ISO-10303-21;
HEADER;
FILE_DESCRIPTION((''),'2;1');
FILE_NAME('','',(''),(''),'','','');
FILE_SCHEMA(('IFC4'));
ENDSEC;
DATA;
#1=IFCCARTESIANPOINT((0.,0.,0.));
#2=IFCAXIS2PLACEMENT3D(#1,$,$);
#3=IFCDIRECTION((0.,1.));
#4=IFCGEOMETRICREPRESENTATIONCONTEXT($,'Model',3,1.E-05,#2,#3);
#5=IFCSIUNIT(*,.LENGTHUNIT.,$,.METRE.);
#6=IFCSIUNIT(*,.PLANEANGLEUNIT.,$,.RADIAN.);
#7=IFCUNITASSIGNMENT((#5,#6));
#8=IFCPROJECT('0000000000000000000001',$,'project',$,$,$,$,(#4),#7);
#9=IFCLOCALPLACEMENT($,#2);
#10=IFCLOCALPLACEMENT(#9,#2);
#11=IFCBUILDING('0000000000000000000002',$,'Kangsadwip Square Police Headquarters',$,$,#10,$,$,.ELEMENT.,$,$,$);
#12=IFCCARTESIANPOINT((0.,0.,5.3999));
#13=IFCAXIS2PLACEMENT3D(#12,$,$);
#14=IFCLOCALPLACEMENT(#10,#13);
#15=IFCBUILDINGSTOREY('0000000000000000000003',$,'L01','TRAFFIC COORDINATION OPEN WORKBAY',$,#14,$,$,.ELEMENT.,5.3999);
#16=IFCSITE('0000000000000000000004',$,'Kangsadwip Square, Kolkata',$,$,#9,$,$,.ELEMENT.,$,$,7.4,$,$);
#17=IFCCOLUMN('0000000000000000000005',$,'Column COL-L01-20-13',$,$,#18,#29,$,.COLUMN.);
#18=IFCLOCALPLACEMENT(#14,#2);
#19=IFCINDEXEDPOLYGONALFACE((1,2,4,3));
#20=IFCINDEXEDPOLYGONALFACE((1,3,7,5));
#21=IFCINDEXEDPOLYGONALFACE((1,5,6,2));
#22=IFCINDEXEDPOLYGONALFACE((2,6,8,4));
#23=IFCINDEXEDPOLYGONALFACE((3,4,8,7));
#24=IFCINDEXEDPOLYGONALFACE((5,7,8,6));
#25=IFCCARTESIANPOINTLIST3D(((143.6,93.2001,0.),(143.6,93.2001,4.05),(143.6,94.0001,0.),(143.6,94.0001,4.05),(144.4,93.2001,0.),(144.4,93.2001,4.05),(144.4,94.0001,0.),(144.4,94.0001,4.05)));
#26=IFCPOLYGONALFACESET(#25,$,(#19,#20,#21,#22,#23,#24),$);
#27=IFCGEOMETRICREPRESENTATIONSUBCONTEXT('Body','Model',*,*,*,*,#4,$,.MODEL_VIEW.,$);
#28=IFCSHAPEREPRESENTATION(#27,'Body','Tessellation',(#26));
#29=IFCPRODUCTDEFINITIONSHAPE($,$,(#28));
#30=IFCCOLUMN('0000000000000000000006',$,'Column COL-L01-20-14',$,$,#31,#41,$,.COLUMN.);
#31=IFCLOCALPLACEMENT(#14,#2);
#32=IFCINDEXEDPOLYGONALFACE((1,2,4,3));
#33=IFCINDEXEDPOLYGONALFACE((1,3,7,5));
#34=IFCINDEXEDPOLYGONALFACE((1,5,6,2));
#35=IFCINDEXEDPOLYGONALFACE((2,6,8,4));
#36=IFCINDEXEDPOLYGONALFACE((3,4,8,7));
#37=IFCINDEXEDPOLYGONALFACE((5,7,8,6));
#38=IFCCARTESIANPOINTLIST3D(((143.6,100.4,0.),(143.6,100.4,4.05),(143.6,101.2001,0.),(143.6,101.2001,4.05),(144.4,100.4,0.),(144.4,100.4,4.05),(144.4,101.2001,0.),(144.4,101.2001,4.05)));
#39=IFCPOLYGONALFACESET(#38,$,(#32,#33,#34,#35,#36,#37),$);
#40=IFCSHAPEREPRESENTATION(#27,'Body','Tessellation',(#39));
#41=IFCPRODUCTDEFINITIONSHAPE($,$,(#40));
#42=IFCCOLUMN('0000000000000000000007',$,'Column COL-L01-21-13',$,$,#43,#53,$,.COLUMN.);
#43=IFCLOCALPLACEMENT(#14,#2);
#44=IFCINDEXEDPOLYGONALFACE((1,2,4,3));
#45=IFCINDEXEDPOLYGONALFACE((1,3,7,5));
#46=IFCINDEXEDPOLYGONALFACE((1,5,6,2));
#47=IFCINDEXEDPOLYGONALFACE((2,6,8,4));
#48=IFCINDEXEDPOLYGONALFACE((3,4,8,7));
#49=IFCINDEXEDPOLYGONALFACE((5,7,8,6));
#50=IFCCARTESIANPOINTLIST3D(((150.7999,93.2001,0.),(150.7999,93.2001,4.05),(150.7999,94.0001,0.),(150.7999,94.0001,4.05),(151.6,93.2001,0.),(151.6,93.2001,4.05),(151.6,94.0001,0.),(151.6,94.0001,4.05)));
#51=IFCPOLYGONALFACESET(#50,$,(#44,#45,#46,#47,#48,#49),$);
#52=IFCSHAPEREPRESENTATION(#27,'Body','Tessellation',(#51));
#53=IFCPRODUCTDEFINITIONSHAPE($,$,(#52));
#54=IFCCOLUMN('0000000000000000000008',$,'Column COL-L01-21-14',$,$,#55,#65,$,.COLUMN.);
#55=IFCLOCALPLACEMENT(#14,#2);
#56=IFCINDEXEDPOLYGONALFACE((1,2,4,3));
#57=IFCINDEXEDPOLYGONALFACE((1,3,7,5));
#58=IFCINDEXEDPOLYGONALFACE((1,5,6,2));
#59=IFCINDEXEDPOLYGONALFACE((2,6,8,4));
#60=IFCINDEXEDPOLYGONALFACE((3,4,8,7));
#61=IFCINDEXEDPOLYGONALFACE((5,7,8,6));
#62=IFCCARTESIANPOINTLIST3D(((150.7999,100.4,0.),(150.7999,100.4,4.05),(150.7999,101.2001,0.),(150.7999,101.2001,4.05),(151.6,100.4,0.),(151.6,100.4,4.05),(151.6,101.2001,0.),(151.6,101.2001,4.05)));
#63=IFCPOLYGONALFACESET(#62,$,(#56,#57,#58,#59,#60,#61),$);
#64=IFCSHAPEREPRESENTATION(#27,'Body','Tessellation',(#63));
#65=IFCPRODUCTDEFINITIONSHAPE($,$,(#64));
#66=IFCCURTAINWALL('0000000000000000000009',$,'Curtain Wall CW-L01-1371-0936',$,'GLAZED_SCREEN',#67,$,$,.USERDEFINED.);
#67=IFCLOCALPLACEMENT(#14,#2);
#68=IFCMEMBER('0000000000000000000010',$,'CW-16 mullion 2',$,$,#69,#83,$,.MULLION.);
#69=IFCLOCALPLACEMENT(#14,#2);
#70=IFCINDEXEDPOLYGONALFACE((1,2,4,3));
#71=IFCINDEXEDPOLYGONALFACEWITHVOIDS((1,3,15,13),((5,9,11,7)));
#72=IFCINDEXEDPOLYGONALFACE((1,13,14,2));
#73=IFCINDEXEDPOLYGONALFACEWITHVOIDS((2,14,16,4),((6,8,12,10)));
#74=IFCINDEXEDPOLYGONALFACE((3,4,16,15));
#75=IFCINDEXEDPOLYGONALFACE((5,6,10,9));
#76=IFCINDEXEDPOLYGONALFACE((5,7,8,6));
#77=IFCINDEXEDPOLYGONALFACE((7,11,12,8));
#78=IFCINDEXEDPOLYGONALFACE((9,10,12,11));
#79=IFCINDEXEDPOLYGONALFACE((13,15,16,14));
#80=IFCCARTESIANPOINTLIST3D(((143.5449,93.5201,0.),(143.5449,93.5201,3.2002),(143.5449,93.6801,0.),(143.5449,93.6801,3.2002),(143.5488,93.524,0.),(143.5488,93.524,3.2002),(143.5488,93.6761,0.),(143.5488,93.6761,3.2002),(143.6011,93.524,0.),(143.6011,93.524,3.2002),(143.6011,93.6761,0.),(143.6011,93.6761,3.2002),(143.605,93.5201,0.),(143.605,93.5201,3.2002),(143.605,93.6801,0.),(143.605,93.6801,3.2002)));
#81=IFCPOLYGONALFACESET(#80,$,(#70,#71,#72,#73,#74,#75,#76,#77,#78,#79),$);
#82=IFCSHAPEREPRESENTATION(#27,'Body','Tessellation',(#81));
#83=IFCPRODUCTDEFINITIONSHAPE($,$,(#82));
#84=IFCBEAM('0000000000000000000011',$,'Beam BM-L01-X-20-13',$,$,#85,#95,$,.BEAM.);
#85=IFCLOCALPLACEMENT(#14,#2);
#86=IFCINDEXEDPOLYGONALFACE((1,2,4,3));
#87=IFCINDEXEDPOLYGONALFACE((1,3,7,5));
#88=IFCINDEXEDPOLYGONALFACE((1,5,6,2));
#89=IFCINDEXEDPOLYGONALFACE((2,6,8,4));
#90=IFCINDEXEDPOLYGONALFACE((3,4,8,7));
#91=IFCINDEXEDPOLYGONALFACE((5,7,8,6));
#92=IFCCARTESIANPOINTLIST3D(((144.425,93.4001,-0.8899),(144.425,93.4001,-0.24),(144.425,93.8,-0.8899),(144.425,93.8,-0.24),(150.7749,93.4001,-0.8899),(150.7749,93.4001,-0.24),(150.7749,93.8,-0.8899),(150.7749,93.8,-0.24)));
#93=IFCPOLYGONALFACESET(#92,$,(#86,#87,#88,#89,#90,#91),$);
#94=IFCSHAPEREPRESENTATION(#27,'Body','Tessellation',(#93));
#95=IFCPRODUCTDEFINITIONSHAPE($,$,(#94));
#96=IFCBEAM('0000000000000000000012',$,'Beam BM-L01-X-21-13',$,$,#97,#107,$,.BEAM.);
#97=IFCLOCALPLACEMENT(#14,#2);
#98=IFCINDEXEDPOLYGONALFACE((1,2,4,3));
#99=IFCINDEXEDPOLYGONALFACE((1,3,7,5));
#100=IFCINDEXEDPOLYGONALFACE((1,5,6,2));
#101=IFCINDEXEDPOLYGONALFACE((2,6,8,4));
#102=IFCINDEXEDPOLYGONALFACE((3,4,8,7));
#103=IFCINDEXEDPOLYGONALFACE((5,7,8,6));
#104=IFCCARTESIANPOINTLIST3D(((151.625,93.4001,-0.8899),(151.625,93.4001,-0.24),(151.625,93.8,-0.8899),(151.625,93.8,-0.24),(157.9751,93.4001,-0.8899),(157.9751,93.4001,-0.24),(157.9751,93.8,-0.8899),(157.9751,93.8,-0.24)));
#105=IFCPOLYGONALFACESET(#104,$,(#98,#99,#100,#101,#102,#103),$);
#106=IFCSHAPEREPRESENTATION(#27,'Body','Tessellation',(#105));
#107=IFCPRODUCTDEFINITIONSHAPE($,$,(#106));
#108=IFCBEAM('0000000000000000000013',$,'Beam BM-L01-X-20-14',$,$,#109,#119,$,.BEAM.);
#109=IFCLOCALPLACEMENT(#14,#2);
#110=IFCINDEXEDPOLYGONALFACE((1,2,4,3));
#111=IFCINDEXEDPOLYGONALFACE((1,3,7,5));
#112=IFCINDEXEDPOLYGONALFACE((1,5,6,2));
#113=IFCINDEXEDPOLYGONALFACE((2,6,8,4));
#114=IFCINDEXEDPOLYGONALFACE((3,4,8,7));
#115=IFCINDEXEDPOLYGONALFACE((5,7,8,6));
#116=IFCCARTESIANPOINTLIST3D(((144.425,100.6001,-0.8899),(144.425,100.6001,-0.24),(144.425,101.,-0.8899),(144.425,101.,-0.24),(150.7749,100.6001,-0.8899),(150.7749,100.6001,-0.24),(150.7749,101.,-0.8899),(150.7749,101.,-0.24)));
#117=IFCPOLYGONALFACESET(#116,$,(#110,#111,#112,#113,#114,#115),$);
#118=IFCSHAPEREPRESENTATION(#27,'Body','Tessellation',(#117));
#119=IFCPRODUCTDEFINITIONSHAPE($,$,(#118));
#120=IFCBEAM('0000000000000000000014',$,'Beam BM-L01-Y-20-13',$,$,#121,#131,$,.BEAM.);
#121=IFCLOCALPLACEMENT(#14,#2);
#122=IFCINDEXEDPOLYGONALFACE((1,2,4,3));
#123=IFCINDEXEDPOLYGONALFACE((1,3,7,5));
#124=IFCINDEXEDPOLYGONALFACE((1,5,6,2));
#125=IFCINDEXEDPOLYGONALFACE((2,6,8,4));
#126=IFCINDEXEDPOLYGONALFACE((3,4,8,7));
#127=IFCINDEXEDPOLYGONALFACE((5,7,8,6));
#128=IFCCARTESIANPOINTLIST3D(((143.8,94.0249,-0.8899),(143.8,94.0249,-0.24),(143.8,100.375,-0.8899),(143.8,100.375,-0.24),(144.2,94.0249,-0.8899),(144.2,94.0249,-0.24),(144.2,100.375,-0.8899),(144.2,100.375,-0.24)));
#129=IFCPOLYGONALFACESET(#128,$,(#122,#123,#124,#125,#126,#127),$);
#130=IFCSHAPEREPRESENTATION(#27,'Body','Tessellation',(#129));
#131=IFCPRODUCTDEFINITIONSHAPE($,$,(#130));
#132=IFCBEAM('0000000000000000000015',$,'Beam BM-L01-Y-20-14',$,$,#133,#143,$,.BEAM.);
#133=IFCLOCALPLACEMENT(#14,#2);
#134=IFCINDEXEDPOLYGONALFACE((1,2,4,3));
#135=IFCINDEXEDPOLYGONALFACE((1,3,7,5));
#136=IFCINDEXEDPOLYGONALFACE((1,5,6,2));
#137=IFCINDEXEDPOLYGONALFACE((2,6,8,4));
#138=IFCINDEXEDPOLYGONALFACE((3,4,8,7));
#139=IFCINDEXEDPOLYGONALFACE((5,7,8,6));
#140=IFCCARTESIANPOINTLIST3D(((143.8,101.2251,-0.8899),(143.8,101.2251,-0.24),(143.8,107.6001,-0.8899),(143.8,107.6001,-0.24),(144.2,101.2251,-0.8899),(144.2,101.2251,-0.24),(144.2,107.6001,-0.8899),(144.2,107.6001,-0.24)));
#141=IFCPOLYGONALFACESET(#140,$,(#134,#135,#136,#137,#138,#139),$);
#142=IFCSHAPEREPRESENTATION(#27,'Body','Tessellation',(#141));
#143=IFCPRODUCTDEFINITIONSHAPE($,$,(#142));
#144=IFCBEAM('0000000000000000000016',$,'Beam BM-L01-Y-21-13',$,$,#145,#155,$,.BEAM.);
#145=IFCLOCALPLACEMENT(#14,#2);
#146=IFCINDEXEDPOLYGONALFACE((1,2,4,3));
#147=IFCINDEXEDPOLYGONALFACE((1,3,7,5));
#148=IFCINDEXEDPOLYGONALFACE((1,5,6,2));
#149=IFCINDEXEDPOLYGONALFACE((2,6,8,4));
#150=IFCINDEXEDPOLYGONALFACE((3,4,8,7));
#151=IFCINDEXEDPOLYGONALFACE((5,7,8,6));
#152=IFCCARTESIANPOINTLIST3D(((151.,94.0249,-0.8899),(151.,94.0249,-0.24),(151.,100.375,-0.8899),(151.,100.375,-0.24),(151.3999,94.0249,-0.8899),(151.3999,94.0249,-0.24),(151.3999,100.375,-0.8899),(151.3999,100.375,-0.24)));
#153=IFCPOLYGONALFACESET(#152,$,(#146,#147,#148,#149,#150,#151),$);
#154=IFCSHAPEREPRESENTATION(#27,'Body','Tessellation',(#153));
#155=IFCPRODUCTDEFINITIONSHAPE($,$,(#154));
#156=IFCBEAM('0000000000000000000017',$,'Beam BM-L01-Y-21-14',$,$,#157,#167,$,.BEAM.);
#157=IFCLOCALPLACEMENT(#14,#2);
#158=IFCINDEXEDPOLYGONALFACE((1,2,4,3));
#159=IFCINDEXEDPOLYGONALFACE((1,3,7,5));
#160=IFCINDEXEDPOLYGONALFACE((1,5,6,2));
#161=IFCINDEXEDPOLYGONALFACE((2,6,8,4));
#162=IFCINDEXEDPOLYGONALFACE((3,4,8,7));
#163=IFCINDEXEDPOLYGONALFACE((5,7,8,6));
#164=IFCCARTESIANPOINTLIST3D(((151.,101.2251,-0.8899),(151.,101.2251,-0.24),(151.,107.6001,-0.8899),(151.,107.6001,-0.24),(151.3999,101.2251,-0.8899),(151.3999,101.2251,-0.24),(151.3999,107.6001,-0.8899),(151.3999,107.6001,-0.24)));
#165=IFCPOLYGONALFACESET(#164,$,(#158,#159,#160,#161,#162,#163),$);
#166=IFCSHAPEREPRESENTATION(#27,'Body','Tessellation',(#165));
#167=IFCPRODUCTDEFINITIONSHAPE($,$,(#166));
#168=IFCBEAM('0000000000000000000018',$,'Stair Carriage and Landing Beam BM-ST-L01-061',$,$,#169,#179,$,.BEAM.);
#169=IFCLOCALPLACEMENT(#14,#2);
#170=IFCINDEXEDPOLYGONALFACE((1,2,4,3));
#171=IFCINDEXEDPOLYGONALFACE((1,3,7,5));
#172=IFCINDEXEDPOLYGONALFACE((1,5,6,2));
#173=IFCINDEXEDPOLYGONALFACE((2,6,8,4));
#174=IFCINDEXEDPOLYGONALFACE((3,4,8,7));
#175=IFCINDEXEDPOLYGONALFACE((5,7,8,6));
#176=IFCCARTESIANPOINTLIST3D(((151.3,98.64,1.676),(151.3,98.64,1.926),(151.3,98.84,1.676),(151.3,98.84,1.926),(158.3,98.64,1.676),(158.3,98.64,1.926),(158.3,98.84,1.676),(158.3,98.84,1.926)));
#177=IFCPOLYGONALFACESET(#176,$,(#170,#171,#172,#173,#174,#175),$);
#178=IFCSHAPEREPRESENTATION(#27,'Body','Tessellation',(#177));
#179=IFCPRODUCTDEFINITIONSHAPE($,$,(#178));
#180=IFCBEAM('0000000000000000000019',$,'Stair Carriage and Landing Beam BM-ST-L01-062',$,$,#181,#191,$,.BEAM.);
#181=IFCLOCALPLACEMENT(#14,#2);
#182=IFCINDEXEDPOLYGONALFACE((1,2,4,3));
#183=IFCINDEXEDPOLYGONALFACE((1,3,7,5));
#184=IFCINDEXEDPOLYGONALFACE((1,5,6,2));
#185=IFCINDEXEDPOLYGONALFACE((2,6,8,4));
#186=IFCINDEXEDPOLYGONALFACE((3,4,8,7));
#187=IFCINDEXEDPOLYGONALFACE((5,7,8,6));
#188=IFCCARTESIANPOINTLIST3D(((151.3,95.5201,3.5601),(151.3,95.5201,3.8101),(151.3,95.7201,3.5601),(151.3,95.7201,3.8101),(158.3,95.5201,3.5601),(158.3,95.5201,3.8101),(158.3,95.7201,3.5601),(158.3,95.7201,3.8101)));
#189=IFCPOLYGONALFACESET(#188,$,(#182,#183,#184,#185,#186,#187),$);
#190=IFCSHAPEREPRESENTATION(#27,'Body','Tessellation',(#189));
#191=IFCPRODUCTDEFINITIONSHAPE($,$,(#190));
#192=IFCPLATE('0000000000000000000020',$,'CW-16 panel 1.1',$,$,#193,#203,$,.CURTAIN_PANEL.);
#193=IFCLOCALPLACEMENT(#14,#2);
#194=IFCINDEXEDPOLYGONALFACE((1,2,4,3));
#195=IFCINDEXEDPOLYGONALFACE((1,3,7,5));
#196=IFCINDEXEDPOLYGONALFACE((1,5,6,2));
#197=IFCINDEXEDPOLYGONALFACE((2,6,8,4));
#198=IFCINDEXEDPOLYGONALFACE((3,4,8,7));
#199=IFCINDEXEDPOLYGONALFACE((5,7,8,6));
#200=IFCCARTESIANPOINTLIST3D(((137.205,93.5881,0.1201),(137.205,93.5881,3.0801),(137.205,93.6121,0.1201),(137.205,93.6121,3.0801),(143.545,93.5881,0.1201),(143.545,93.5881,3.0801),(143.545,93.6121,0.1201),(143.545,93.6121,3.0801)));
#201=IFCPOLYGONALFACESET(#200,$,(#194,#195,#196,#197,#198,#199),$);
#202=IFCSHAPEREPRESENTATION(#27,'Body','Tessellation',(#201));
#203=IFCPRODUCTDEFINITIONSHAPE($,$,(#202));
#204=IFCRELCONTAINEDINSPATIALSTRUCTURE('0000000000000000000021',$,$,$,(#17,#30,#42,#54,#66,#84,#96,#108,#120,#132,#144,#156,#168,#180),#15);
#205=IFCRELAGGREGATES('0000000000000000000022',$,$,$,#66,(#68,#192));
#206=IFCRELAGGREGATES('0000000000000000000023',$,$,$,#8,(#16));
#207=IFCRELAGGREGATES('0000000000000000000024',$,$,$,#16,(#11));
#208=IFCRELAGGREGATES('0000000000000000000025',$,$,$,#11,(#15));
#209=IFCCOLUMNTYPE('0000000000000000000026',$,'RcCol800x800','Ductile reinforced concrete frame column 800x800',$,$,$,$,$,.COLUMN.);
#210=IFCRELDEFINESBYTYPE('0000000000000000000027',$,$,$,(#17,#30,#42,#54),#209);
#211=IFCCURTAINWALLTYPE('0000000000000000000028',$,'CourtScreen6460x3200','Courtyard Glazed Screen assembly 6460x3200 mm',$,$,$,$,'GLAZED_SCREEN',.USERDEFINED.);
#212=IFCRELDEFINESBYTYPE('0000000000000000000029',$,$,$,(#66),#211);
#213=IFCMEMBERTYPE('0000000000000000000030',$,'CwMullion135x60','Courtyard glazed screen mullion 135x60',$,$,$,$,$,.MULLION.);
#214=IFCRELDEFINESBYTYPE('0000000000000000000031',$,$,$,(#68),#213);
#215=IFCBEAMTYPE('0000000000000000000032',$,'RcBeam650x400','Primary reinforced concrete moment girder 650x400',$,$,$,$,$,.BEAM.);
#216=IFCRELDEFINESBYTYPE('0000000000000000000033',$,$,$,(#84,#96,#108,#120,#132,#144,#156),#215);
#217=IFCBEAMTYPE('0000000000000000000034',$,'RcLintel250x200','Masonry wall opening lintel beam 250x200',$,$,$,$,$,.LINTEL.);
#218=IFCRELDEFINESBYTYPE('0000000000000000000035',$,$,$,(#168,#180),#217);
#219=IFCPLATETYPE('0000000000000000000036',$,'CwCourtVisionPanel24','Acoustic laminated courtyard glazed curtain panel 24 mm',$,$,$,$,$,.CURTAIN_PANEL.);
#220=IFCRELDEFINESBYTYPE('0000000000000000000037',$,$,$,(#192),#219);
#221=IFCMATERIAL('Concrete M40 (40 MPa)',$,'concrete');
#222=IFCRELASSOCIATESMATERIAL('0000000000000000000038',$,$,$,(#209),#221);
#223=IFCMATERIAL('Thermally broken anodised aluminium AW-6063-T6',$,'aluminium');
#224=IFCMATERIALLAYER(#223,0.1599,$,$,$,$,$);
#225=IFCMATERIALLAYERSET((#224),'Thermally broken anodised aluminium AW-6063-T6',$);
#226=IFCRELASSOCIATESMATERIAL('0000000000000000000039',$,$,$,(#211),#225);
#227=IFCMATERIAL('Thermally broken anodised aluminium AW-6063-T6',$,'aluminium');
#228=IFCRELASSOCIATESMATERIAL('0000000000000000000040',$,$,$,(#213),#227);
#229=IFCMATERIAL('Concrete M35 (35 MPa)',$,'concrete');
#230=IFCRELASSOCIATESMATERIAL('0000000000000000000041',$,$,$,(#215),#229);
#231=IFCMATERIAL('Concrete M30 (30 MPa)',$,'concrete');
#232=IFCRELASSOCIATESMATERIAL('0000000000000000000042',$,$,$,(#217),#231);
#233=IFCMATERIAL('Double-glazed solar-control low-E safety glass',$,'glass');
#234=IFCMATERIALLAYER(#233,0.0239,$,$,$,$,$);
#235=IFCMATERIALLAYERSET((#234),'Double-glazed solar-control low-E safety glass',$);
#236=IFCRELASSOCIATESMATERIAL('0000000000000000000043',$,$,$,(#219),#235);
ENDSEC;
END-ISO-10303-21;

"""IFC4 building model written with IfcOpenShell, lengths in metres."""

from ifc_helpers import new_model, si_unit, direction, frame, origin, origin_2d, place, context, subcontext, project, spatial, rectangle, hollow_rectangle, extrude, material, layer, layer_set, material_profile, profile_set, type_object, element, aggregate, save


model = new_model("IFC4")

# Units and contexts
model_context = context("Model", 3, precision=1e-05, world=origin(), true_north=direction((0.0, 1.0)))
body_context = subcontext(model_context, "Body", "Model", "MODEL_VIEW")
ifc_project = project(units=[si_unit("LENGTHUNIT", "METRE"), si_unit("PLANEANGLEUNIT", "RADIAN")], contexts=[model_context])

# Site, building, storey
site_placement = place(None, origin())
site = spatial("IfcSite", under=ifc_project, at=site_placement, Name="Kangsadwip Square, Kolkata", CompositionType="ELEMENT", RefElevation=7.4)
building_placement = place(site_placement, origin())
building = spatial("IfcBuilding", under=site, at=building_placement, Name="Kangsadwip Square Police Headquarters", CompositionType="ELEMENT")
storey_placement = place(building_placement, frame((0.0, 0.0, 5.3999)))
storey = spatial("IfcBuildingStorey", under=building, at=storey_placement, Name="L01", Description="TRAFFIC COORDINATION OPEN WORKBAY", CompositionType="ELEMENT", Elevation=5.3999)

# Columns
ifc_material_1 = material(Name="Concrete M40 (40 MPa)", Category="concrete")
ifc_material_profile_1 = material_profile(ifc_material_1, rectangle(XDim=0.8, YDim=0.8, at=origin_2d()), Name="RC COL 800X800")
ifc_profile_set_1 = profile_set([ifc_material_profile_1], Name="Concrete M40 (40 MPa)")
column_type = type_object("IfcColumnType", Name="RcCol800x800", Description="Ductile reinforced concrete frame column 800x800", PredefinedType="COLUMN", material=ifc_profile_set_1)
for number, where, z_axis, x_axis, name in (
    (1, (144.0, 93.6001, 0.0), (0.0, 0.0, 1.0), (1.0, 0.0, 0.0), "Column COL-L01-20-13"),
    (2, (144.0, 100.8, 0.0), (0.0, 0.0, 1.0), (1.0, 0.0, 0.0), "Column COL-L01-20-14"),
    (3, (151.2, 93.6001, 0.0), (0.0, 0.0, 1.0), (1.0, 0.0, 0.0), "Column COL-L01-21-13"),
    (4, (151.2, 100.8, 0.0), (0.0, 0.0, 1.0), (1.0, 0.0, 0.0), "Column COL-L01-21-14"),
):
    element("IfcColumn", number, at=place(storey_placement, frame(where, z_axis=z_axis, x_axis=x_axis)), inside=storey, type_object=column_type, Name=name, PredefinedType="COLUMN", context=body_context, shape_type="SweptSolid", body=[
        extrude(rectangle(XDim=0.8, YDim=0.8, at=origin_2d()), origin(), (0.0, 0.0, 1.0), 4.05),
    ])

# Curtain wall, member
ifc_material_2 = material(Name="Thermally broken anodised aluminium AW-6063-T6", Category="aluminium")
ifc_layer_1 = layer(ifc_material_2, 0.1599)
ifc_layer_set_1 = layer_set([ifc_layer_1], Name="Thermally broken anodised aluminium AW-6063-T6")
curtain_wall_type = type_object("IfcCurtainWallType", Name="CourtScreen6460x3200", Description="Courtyard Glazed Screen assembly 6460x3200 mm", ElementType="GLAZED_SCREEN", PredefinedType="USERDEFINED", material=ifc_layer_set_1)
curtain_wall_placement = place(storey_placement, origin())
curtain_wall = element("IfcCurtainWall", 5, at=curtain_wall_placement, inside=storey, type_object=curtain_wall_type, Name="Curtain Wall CW-L01-1371-0936", ObjectType="GLAZED_SCREEN", PredefinedType="USERDEFINED")
ifc_material_3 = material(Name="Thermally broken anodised aluminium AW-6063-T6", Category="aluminium")
ifc_material_profile_2 = material_profile(ifc_material_3, hollow_rectangle(XDim=0.0601, YDim=0.1599, WallThickness=0.0039, at=origin_2d()), Name="CWM 160X60X4")
ifc_profile_set_2 = profile_set([ifc_material_profile_2], Name="Thermally broken anodised aluminium AW-6063-T6")
member_type = type_object("IfcMemberType", Name="CwMullion135x60", Description="Courtyard glazed screen mullion 135x60", PredefinedType="MULLION", material=ifc_profile_set_2)
member_placement = place(storey_placement, frame((143.575, 93.6001, 0.0), z_axis=(0.0, 0.0, 1.0), x_axis=(1.0, 0.0, 0.0)))
member = element("IfcMember", 6, at=member_placement, type_object=member_type, Name="CW-16 mullion 2", PredefinedType="MULLION", context=body_context, shape_type="SweptSolid", body=[
    extrude(hollow_rectangle(XDim=0.0601, YDim=0.1599, WallThickness=0.0039, at=origin_2d()), origin(), (0.0, 0.0, 1.0), 3.2002),
])

# Beams
ifc_material_4 = material(Name="Concrete M35 (35 MPa)", Category="concrete")
ifc_material_profile_3 = material_profile(ifc_material_4, rectangle(XDim=0.3999, YDim=0.6499, at=origin_2d()), Name="RC BM 650X400")
ifc_profile_set_3 = profile_set([ifc_material_profile_3], Name="Concrete M35 (35 MPa)")
beam_type_1 = type_object("IfcBeamType", Name="RcBeam650x400", Description="Primary reinforced concrete moment girder 650x400", PredefinedType="BEAM", material=ifc_profile_set_3)
beam_1_placement = place(storey_placement, frame((144.425, 93.6001, -0.5649), z_axis=(1.0, 0.0, 0.0), x_axis=(0.0, 1.0, 0.0)))
element("IfcBeam", 7, at=beam_1_placement, inside=storey, type_object=beam_type_1, Name="Beam BM-L01-X-20-13", PredefinedType="BEAM", context=body_context, shape_type="SweptSolid", body=[
    extrude(rectangle(XDim=0.3999, YDim=0.6499, at=origin_2d()), origin(), (0.0, 0.0, 1.0), 6.3499),
])
beam_2_placement = place(storey_placement, frame((151.625, 93.6001, -0.5649), z_axis=(1.0, 0.0, 0.0), x_axis=(0.0, 1.0, 0.0)))
element("IfcBeam", 8, at=beam_2_placement, inside=storey, type_object=beam_type_1, Name="Beam BM-L01-X-21-13", PredefinedType="BEAM", context=body_context, shape_type="SweptSolid", body=[
    extrude(rectangle(XDim=0.3999, YDim=0.6499, at=origin_2d()), origin(), (0.0, 0.0, 1.0), 6.3501),
])
beam_3_placement = place(storey_placement, frame((144.425, 100.8, -0.5649), z_axis=(1.0, 0.0, 0.0), x_axis=(0.0, 1.0, 0.0)))
element("IfcBeam", 9, at=beam_3_placement, inside=storey, type_object=beam_type_1, Name="Beam BM-L01-X-20-14", PredefinedType="BEAM", context=body_context, shape_type="SweptSolid", body=[
    extrude(rectangle(XDim=0.3999, YDim=0.6499, at=origin_2d()), origin(), (0.0, 0.0, 1.0), 6.3499),
])
beam_4_placement = place(storey_placement, frame((144.0, 94.0249, -0.5649), z_axis=(0.0, 1.0, 0.0), x_axis=(-1.0, 0.0, 0.0)))
element("IfcBeam", 10, at=beam_4_placement, inside=storey, type_object=beam_type_1, Name="Beam BM-L01-Y-20-13", PredefinedType="BEAM", context=body_context, shape_type="SweptSolid", body=[
    extrude(rectangle(XDim=0.3999, YDim=0.6499, at=origin_2d()), origin(), (0.0, 0.0, 1.0), 6.3501),
])
beam_5_placement = place(storey_placement, frame((144.0, 101.2251, -0.5649), z_axis=(0.0, 1.0, 0.0), x_axis=(-1.0, 0.0, 0.0)))
element("IfcBeam", 11, at=beam_5_placement, inside=storey, type_object=beam_type_1, Name="Beam BM-L01-Y-20-14", PredefinedType="BEAM", context=body_context, shape_type="SweptSolid", body=[
    extrude(rectangle(XDim=0.3999, YDim=0.6499, at=origin_2d()), origin(), (0.0, 0.0, 1.0), 6.375),
])
beam_6_placement = place(storey_placement, frame((151.2, 94.0249, -0.5649), z_axis=(0.0, 1.0, 0.0), x_axis=(-1.0, 0.0, 0.0)))
element("IfcBeam", 12, at=beam_6_placement, inside=storey, type_object=beam_type_1, Name="Beam BM-L01-Y-21-13", PredefinedType="BEAM", context=body_context, shape_type="SweptSolid", body=[
    extrude(rectangle(XDim=0.3999, YDim=0.6499, at=origin_2d()), origin(), (0.0, 0.0, 1.0), 6.3501),
])
beam_7_placement = place(storey_placement, frame((151.2, 101.2251, -0.5649), z_axis=(0.0, 1.0, 0.0), x_axis=(-1.0, 0.0, 0.0)))
element("IfcBeam", 13, at=beam_7_placement, inside=storey, type_object=beam_type_1, Name="Beam BM-L01-Y-21-14", PredefinedType="BEAM", context=body_context, shape_type="SweptSolid", body=[
    extrude(rectangle(XDim=0.3999, YDim=0.6499, at=origin_2d()), origin(), (0.0, 0.0, 1.0), 6.375),
])
ifc_material_5 = material(Name="Concrete M30 (30 MPa)", Category="concrete")
ifc_material_profile_4 = material_profile(ifc_material_5, rectangle(XDim=0.2, YDim=0.25, at=origin_2d()), Name="RC LNT 250X200")
ifc_profile_set_4 = profile_set([ifc_material_profile_4], Name="Concrete M30 (30 MPa)")
beam_type_2 = type_object("IfcBeamType", Name="RcLintel250x200", Description="Masonry wall opening lintel beam 250x200", PredefinedType="LINTEL", material=ifc_profile_set_4)
for number, where, z_axis, x_axis, name in (
    (14, (151.3, 98.74, 1.801), (1.0, 0.0, 0.0), (0.0, 1.0, 0.0), "Stair Carriage and Landing Beam BM-ST-L01-061"),
    (15, (151.3, 95.6201, 3.6851), (1.0, 0.0, 0.0), (0.0, 1.0, 0.0), "Stair Carriage and Landing Beam BM-ST-L01-062"),
):
    element("IfcBeam", number, at=place(storey_placement, frame(where, z_axis=z_axis, x_axis=x_axis)), inside=storey, type_object=beam_type_2, Name=name, PredefinedType="BEAM", context=body_context, shape_type="SweptSolid", body=[
        extrude(rectangle(XDim=0.2, YDim=0.25, at=origin_2d()), origin(), (0.0, 0.0, 1.0), 7.0),
    ])

# Plate
ifc_material_6 = material(Name="Double-glazed solar-control low-E safety glass", Category="glass")
ifc_layer_2 = layer(ifc_material_6, 0.0239)
ifc_layer_set_2 = layer_set([ifc_layer_2], Name="Double-glazed solar-control low-E safety glass")
plate_type = type_object("IfcPlateType", Name="CwCourtVisionPanel24", Description="Acoustic laminated courtyard glazed curtain panel 24 mm", PredefinedType="CURTAIN_PANEL", material=ifc_layer_set_2)
plate_placement = place(storey_placement, frame((140.375, 93.6001, 0.1201), z_axis=(0.0, 0.0, 1.0), x_axis=(1.0, 0.0, 0.0)))
plate = element("IfcPlate", 16, at=plate_placement, type_object=plate_type, Name="CW-16 panel 1.1", PredefinedType="CURTAIN_PANEL", context=body_context, shape_type="SweptSolid", body=[
    extrude(rectangle(XDim=6.3401, YDim=0.0239, at=origin_2d()), origin(), (0.0, 0.0, 1.0), 2.96),
])
aggregate(curtain_wall, [member, plate])

save(model, "model.ifc")
